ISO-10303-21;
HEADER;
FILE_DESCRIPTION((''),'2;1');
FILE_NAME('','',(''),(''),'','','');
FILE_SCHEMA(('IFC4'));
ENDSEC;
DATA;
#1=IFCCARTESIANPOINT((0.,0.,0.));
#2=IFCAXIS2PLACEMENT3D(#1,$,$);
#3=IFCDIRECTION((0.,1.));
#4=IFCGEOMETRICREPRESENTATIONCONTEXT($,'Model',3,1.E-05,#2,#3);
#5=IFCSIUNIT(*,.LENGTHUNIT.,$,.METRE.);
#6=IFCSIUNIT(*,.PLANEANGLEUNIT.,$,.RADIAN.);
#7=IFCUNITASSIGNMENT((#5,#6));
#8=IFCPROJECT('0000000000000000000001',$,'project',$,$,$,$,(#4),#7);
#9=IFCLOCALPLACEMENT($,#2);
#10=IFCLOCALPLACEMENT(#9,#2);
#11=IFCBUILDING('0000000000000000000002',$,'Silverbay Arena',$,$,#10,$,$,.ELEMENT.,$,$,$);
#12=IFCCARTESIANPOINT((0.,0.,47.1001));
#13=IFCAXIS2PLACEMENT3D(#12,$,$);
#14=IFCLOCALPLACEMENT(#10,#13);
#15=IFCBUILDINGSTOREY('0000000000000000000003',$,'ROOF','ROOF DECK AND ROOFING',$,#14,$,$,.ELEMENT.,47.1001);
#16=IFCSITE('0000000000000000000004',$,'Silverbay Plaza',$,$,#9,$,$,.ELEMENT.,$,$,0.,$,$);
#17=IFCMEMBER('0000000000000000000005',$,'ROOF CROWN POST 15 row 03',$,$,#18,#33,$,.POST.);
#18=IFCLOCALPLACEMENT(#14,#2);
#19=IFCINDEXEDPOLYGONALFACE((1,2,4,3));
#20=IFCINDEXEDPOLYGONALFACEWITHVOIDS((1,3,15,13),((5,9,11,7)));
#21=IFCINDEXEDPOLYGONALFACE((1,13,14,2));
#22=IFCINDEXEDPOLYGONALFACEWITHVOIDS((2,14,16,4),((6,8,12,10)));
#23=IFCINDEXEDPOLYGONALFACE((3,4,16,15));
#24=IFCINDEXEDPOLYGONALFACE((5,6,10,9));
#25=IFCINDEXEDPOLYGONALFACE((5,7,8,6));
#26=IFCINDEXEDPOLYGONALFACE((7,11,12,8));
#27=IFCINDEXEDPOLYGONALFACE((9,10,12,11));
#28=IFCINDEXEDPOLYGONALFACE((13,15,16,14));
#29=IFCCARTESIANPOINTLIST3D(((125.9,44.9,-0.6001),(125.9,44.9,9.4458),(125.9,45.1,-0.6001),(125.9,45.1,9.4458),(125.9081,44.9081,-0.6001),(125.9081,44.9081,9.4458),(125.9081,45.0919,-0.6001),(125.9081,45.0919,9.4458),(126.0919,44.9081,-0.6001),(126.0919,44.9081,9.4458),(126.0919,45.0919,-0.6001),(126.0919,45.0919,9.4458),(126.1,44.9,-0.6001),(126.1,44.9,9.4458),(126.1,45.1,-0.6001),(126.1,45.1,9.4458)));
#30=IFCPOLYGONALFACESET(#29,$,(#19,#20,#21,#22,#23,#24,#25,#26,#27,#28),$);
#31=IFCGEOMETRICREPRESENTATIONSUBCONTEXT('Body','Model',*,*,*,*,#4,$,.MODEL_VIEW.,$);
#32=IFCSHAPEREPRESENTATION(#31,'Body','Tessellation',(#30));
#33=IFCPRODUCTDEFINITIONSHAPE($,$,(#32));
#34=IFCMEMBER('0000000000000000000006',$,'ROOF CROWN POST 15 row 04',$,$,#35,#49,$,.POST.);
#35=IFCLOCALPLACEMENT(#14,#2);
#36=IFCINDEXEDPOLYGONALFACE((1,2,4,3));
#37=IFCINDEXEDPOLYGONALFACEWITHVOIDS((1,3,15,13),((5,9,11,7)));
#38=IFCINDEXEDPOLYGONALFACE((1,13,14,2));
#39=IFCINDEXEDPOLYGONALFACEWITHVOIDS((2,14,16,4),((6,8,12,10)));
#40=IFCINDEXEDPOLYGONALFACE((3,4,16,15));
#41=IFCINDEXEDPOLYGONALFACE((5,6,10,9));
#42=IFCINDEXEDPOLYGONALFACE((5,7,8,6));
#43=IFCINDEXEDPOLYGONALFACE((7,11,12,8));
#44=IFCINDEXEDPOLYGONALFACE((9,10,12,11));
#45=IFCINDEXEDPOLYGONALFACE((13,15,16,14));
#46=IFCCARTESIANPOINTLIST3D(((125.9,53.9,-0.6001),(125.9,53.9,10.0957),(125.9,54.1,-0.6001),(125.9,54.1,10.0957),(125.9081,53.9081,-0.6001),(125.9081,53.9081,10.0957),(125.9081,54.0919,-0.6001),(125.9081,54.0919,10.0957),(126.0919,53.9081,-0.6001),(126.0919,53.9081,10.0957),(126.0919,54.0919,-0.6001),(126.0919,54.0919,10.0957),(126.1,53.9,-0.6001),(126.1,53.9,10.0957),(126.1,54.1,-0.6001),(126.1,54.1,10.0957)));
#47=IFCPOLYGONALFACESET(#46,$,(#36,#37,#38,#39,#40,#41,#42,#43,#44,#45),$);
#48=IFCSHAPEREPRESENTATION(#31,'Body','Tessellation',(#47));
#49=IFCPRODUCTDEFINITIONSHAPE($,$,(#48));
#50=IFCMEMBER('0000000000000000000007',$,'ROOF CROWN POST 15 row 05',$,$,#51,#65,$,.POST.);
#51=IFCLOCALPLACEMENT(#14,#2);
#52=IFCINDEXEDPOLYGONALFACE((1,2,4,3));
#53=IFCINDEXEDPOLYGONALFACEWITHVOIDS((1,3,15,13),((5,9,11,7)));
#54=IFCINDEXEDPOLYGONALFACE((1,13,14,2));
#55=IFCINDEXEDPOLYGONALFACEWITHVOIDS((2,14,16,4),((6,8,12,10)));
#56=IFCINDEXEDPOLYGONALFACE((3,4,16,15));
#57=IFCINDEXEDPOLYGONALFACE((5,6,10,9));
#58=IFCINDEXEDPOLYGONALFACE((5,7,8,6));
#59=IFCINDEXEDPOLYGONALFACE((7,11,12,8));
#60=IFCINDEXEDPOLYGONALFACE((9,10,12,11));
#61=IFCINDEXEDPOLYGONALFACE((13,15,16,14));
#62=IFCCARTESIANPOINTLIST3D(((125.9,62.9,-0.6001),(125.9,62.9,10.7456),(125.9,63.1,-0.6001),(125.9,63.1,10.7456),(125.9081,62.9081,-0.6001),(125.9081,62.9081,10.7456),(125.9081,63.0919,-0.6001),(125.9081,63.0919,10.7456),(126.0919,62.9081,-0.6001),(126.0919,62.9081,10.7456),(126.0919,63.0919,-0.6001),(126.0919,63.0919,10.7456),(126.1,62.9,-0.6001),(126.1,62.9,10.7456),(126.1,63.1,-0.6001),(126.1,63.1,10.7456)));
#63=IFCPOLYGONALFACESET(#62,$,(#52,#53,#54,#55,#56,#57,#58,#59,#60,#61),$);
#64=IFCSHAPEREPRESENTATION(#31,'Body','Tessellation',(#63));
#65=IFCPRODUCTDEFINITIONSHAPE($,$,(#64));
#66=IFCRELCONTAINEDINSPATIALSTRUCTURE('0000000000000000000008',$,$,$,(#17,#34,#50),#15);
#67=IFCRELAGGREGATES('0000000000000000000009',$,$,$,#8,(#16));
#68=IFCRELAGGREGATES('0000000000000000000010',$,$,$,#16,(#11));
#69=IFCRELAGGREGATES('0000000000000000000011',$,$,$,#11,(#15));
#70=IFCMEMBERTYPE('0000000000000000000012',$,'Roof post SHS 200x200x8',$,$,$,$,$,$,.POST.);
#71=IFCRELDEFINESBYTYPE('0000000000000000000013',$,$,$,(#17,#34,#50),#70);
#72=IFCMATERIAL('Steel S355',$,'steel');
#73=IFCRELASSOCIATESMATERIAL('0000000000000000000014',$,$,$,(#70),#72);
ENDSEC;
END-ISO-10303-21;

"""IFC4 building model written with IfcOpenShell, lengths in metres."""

from ifc_helpers import new_model, si_unit, direction, frame, origin, origin_2d, place, context, subcontext, project, spatial, hollow_rectangle, extrude, material, material_profile, profile_set, type_object, element, save


model = new_model("IFC4")

# Units and contexts
model_context = context("Model", 3, precision=1e-05, world=origin(), true_north=direction((0.0, 1.0)))
body_context = subcontext(model_context, "Body", "Model", "MODEL_VIEW")
ifc_project = project(units=[si_unit("LENGTHUNIT", "METRE"), si_unit("PLANEANGLEUNIT", "RADIAN")], contexts=[model_context])

# Site, building, storey
site_placement = place(None, origin())
site = spatial("IfcSite", under=ifc_project, at=site_placement, Name="Silverbay Plaza", CompositionType="ELEMENT", RefElevation=0.0)
building_placement = place(site_placement, origin())
building = spatial("IfcBuilding", under=site, at=building_placement, Name="Silverbay Arena", CompositionType="ELEMENT")
storey_placement = place(building_placement, frame((0.0, 0.0, 47.1001)))
storey = spatial("IfcBuildingStorey", under=building, at=storey_placement, Name="ROOF", Description="ROOF DECK AND ROOFING", CompositionType="ELEMENT", Elevation=47.1001)

# Members
ifc_material_1 = material(Name="Steel S355", Category="steel")
ifc_material_profile_1 = material_profile(ifc_material_1, hollow_rectangle(XDim=0.2, YDim=0.2, WallThickness=0.0081, at=origin_2d()), Name="SHS 200x200x8")
ifc_profile_set_1 = profile_set([ifc_material_profile_1], Name="Steel S355")
member_type_1 = type_object("IfcMemberType", Name="Roof post SHS 200x200x8", PredefinedType="POST", material=ifc_profile_set_1)
member_1_placement = place(storey_placement, frame((126.0, 45.0, -0.6001), z_axis=(0.0, 0.0, 1.0), x_axis=(1.0, 0.0, 0.0)))
element("IfcMember", 1, at=member_1_placement, inside=storey, type_object=member_type_1, Name="ROOF CROWN POST 15 row 03", PredefinedType="POST", context=body_context, shape_type="SweptSolid", body=[
    extrude(hollow_rectangle(XDim=0.2, YDim=0.2, WallThickness=0.0081, at=origin_2d()), origin(), (0.0, 0.0, 1.0), 10.0459),
])
member_2_placement = place(storey_placement, frame((126.0, 54.0, -0.6001), z_axis=(0.0, 0.0, 1.0), x_axis=(1.0, 0.0, 0.0)))
element("IfcMember", 2, at=member_2_placement, inside=storey, type_object=member_type_1, Name="ROOF CROWN POST 15 row 04", PredefinedType="POST", context=body_context, shape_type="SweptSolid", body=[
    extrude(hollow_rectangle(XDim=0.2, YDim=0.2, WallThickness=0.0081, at=origin_2d()), origin(), (0.0, 0.0, 1.0), 10.6958),
])
member_3_placement = place(storey_placement, frame((126.0, 63.0, -0.6001), z_axis=(0.0, 0.0, 1.0), x_axis=(1.0, 0.0, 0.0)))
element("IfcMember", 3, at=member_3_placement, inside=storey, type_object=member_type_1, Name="ROOF CROWN POST 15 row 05", PredefinedType="POST", context=body_context, shape_type="SweptSolid", body=[
    extrude(hollow_rectangle(XDim=0.2, YDim=0.2, WallThickness=0.0081, at=origin_2d()), origin(), (0.0, 0.0, 1.0), 11.3457),
])

save(model, "model.ifc")
